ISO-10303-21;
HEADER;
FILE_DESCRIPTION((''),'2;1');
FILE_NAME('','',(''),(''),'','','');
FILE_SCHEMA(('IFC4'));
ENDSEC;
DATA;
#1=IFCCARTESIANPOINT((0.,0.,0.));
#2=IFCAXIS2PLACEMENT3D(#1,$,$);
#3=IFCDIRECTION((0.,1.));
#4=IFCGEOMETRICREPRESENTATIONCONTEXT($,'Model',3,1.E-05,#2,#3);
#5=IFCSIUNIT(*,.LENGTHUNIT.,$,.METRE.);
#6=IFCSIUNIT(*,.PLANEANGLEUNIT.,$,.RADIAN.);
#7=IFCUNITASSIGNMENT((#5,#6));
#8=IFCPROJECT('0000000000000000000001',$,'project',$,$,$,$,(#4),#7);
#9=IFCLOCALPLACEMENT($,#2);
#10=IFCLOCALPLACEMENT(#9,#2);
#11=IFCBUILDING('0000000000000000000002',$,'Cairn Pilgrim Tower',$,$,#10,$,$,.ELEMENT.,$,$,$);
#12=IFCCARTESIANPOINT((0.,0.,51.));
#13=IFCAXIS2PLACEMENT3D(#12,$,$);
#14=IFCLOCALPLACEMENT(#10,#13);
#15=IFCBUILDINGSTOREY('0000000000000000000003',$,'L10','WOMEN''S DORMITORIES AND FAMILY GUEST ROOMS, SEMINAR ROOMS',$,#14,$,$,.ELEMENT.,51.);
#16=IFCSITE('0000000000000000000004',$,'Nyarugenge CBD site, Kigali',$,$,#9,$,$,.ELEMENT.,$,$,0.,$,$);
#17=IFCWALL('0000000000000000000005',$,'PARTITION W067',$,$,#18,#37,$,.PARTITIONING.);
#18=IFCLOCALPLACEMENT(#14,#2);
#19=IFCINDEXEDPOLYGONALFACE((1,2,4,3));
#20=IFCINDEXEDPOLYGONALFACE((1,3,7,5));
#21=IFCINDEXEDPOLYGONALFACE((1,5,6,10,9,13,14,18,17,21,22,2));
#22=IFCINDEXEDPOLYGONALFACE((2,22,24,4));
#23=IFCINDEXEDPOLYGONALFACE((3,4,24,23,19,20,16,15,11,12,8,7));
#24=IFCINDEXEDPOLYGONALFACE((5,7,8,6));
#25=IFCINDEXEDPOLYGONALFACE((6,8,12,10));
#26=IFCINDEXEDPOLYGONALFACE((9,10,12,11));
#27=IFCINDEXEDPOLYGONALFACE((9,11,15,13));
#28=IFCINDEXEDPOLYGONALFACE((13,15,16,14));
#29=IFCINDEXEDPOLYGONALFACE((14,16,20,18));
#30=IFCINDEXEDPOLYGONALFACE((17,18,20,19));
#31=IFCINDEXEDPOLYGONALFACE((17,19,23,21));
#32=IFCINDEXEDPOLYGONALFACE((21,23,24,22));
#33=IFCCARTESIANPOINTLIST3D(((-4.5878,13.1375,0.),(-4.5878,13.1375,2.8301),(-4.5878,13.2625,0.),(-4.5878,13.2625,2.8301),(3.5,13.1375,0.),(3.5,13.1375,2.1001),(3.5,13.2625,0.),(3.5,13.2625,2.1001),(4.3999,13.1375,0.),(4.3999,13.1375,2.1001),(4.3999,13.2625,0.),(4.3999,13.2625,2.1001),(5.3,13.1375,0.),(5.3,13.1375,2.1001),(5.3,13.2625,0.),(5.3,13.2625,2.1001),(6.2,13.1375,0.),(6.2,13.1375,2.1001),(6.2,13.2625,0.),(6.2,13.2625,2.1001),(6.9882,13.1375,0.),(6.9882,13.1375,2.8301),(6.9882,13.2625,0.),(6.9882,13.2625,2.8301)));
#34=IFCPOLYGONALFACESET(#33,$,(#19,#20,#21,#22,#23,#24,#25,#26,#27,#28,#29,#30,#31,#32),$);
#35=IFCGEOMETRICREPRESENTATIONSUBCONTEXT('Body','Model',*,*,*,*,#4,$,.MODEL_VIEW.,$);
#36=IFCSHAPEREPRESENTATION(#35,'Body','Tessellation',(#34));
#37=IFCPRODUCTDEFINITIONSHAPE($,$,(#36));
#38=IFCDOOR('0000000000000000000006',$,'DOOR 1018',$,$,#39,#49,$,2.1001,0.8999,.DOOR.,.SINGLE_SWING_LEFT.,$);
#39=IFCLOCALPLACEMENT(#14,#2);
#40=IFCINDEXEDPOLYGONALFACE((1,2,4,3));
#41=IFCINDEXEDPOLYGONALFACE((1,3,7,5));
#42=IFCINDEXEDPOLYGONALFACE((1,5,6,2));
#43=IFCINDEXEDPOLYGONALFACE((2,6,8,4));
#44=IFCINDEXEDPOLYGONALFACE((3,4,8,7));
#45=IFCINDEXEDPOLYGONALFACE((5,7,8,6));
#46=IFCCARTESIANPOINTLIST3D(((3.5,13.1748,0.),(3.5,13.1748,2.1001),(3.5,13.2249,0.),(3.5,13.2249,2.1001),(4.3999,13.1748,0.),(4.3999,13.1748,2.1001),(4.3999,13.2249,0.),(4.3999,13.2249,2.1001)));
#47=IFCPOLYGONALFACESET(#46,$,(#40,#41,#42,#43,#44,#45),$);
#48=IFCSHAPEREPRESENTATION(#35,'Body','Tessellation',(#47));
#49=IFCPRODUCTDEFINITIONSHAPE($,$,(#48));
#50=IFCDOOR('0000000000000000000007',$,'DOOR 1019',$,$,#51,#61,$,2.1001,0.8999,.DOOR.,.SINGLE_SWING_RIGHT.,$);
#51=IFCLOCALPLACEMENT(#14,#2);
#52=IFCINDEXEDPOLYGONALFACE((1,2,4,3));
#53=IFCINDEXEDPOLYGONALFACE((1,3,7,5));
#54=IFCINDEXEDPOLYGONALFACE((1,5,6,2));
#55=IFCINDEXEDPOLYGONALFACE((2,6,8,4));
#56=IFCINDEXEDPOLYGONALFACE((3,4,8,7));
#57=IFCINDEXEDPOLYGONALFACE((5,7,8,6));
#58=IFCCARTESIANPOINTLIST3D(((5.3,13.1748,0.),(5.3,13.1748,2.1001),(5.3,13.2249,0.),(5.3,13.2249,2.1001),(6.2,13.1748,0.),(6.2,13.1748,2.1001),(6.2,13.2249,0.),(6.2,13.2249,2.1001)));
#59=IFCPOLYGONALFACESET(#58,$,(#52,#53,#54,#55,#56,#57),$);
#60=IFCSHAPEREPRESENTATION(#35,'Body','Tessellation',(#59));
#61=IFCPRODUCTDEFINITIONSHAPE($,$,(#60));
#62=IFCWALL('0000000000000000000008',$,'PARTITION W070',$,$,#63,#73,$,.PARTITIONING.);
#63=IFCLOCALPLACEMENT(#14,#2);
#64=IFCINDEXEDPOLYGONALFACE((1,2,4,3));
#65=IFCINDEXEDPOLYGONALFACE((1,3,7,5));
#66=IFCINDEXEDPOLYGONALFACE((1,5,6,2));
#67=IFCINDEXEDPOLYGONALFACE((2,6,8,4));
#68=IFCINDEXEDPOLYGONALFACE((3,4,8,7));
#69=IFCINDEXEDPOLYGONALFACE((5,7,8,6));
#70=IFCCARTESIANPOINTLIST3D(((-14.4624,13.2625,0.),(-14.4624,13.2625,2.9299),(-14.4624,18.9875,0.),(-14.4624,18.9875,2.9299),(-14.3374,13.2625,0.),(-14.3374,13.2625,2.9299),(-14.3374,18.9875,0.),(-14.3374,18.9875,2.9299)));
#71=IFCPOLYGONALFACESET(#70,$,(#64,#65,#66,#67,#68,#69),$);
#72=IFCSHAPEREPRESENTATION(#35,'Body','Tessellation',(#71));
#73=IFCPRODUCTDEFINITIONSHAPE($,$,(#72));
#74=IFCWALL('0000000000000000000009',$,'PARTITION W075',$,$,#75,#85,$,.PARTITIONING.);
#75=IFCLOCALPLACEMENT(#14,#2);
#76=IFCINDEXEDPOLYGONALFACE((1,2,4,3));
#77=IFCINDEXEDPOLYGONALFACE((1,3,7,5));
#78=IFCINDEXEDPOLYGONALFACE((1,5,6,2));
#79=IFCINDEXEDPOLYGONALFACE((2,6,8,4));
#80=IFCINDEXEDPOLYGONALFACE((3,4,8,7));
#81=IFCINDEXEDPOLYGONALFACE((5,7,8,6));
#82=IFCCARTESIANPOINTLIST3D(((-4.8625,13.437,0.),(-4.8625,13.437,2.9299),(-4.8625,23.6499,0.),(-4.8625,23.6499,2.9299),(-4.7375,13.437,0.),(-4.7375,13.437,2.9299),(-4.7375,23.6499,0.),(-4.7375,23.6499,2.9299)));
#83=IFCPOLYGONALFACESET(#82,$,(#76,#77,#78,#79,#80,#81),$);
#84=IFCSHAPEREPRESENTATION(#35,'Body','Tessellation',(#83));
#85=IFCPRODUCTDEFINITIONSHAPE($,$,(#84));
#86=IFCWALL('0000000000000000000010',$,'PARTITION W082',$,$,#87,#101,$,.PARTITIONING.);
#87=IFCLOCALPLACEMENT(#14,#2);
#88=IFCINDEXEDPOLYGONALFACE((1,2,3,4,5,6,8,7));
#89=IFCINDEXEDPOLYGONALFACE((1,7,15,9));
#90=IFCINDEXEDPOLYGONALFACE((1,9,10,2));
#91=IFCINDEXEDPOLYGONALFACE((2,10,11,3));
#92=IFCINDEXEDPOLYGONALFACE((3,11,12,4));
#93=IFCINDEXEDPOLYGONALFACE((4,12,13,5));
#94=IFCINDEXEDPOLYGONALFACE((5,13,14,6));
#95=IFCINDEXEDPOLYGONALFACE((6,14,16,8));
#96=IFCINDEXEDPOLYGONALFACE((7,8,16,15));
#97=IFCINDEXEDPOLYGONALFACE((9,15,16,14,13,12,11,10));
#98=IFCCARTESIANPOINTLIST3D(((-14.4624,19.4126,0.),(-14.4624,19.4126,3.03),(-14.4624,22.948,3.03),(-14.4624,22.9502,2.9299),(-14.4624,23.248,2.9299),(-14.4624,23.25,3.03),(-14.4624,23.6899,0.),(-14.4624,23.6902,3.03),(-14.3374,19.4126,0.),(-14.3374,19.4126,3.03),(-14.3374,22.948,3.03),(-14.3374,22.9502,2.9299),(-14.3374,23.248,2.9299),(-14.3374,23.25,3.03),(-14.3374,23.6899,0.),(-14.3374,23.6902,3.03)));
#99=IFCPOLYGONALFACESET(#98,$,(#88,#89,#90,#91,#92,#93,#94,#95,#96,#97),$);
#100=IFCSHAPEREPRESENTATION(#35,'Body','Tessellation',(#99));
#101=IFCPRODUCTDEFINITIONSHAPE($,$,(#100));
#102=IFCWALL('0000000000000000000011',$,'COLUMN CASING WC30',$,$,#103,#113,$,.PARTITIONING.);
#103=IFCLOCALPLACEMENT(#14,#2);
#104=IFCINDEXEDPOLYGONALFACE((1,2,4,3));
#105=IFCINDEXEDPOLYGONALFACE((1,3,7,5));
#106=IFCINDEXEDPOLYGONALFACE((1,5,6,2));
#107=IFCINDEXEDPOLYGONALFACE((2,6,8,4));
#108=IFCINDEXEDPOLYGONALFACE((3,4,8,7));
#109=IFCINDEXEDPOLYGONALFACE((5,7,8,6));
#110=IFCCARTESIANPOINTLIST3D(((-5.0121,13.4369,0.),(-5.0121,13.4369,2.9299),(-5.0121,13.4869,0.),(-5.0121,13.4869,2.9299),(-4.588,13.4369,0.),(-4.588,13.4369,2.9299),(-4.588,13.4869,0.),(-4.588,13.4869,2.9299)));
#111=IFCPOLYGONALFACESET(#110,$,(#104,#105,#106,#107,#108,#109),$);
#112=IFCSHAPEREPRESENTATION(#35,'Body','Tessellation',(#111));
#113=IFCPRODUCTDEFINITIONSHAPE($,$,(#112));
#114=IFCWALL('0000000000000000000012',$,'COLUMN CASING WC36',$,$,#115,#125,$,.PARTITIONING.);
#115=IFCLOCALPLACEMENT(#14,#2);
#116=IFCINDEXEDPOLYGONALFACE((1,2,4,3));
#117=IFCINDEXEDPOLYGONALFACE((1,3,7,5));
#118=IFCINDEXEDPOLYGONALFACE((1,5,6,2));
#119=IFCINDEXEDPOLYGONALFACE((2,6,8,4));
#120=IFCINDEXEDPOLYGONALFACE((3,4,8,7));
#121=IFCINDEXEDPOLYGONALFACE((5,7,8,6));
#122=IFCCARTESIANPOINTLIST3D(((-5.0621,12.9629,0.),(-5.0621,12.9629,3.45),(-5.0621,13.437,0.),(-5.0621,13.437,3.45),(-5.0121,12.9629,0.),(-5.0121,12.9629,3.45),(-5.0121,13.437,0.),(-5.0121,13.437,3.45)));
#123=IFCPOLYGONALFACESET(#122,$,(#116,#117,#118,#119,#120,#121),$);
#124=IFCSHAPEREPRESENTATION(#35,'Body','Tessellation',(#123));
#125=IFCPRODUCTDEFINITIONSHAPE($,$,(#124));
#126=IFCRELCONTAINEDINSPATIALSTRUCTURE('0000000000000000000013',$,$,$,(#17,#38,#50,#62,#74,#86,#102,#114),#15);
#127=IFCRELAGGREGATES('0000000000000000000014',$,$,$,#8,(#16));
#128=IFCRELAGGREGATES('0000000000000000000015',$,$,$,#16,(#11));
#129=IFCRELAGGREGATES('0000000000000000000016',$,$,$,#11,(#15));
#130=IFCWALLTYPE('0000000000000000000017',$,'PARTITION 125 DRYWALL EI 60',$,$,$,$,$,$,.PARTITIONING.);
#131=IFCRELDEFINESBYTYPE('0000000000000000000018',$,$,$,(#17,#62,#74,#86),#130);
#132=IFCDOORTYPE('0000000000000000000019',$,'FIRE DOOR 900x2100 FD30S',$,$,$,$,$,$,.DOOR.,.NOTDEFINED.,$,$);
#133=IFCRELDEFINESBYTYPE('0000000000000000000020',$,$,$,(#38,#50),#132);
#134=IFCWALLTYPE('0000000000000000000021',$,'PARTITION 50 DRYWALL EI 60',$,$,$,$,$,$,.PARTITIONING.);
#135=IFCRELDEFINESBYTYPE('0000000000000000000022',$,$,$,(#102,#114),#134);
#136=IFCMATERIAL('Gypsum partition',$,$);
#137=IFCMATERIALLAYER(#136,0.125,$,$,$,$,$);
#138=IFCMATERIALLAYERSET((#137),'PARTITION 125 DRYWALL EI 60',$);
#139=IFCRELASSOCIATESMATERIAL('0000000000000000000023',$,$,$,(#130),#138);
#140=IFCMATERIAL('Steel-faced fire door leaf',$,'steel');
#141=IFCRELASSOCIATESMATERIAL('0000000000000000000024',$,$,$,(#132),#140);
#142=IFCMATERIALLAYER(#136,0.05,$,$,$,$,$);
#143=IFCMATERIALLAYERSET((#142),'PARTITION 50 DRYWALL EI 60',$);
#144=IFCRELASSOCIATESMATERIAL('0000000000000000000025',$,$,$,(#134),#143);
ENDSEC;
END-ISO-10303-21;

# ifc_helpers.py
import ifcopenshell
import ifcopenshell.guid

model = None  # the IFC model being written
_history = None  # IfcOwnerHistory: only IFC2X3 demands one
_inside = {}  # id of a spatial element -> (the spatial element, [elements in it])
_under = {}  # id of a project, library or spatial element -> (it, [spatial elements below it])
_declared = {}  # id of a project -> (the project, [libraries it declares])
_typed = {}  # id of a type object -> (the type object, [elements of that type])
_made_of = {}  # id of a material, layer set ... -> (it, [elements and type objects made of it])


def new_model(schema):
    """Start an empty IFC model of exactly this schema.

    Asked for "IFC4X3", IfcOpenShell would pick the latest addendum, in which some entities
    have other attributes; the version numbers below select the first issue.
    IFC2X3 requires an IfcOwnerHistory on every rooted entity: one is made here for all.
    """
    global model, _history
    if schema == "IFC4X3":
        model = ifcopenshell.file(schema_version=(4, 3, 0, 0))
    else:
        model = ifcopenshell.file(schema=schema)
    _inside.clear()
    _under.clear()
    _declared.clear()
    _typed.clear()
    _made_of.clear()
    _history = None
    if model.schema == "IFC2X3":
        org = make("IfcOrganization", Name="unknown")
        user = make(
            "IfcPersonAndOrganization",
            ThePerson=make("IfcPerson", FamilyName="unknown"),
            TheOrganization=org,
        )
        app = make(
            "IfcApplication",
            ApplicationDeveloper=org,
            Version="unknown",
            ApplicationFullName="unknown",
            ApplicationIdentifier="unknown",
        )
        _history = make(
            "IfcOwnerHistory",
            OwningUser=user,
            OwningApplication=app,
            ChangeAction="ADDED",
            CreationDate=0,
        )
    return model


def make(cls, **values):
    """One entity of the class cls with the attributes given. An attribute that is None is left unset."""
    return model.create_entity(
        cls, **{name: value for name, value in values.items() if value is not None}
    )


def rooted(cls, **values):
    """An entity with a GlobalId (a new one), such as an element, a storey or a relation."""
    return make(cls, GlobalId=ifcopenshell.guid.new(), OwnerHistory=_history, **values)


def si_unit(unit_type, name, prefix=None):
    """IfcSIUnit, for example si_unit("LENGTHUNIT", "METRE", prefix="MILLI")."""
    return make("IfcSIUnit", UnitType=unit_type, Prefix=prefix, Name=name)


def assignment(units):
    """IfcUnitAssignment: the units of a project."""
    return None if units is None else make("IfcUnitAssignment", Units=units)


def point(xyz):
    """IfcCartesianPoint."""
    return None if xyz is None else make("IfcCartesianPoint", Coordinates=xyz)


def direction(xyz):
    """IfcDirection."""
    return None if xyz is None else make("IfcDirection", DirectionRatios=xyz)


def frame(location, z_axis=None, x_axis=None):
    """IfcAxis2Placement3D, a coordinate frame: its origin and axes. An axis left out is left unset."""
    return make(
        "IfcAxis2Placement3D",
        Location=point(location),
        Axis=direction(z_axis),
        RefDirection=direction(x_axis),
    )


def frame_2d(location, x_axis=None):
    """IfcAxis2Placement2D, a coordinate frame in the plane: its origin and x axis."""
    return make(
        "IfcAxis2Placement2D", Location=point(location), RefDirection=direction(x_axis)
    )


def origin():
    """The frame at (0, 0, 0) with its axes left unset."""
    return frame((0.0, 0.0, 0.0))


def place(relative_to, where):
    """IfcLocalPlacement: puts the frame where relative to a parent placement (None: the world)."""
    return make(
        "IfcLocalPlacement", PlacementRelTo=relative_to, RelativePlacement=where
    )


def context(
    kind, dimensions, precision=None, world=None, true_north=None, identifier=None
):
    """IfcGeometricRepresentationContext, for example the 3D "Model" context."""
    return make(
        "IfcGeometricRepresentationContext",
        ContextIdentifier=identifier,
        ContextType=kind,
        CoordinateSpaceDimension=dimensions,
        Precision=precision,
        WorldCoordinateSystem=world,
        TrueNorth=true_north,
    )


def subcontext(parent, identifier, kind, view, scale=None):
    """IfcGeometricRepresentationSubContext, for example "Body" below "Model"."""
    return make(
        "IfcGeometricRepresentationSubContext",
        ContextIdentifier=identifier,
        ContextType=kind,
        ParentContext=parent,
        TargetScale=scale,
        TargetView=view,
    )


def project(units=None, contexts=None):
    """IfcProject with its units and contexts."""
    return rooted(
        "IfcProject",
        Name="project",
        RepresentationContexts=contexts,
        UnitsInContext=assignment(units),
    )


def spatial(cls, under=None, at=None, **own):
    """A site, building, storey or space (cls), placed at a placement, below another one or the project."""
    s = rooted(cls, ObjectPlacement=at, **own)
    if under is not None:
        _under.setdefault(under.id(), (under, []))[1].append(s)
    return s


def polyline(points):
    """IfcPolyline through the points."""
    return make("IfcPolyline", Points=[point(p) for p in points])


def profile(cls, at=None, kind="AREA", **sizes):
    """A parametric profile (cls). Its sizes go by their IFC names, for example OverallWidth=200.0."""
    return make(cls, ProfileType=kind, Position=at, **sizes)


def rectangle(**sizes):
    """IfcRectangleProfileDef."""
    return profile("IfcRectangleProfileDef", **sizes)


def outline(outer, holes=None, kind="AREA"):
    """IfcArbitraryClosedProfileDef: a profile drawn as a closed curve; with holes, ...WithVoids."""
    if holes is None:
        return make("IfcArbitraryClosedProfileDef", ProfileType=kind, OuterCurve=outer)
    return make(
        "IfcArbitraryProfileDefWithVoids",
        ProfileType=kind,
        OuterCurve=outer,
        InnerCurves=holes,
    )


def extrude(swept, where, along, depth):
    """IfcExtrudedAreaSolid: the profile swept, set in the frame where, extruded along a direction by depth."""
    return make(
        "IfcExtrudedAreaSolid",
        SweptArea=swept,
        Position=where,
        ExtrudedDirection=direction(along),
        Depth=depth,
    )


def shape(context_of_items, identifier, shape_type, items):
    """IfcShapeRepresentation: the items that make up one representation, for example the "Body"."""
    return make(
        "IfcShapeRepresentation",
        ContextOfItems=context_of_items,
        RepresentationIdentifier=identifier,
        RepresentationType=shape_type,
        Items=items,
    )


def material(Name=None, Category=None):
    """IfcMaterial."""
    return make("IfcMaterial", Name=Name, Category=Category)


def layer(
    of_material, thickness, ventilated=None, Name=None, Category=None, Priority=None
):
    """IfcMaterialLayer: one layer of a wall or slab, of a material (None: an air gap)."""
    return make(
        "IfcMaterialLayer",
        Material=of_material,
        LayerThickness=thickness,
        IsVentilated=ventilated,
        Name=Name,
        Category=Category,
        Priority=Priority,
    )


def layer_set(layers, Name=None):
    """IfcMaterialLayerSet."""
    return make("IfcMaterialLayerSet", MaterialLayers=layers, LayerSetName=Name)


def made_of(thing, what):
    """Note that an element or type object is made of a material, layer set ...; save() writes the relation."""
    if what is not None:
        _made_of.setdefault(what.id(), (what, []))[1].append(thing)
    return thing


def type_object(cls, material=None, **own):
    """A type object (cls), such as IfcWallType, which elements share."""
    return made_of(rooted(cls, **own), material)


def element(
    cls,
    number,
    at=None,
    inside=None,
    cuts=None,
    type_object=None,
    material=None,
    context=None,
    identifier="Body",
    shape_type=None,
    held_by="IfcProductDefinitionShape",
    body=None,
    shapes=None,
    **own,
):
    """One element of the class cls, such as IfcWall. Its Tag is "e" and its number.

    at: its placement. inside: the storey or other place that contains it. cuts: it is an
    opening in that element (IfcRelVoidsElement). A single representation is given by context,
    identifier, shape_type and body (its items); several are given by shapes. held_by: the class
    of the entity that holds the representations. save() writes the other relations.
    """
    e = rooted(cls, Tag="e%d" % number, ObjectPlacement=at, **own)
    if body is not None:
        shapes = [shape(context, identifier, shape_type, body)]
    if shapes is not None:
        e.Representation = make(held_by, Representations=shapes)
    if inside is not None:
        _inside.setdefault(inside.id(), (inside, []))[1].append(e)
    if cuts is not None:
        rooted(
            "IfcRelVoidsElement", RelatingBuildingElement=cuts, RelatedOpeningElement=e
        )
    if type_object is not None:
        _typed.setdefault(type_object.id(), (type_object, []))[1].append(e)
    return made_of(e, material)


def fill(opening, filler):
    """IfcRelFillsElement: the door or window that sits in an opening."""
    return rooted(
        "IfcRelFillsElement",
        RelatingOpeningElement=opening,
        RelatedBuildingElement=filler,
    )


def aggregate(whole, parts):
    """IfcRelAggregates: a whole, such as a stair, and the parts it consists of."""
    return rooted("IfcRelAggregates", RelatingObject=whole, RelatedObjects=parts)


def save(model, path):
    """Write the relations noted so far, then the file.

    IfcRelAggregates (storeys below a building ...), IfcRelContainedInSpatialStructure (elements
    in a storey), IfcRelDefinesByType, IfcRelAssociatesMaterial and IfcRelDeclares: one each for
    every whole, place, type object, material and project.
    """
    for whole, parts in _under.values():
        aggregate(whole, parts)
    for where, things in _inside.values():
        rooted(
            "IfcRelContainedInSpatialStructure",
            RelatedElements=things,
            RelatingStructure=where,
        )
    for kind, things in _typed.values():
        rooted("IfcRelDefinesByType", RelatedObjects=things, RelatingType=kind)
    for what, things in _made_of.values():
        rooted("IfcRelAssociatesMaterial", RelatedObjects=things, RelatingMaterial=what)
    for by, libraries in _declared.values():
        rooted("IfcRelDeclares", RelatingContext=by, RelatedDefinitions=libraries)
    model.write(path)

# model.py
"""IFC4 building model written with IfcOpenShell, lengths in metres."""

from ifc_helpers import new_model, si_unit, direction, frame, frame_2d, origin, place, context, subcontext, project, spatial, polyline, rectangle, outline, extrude, material, layer, layer_set, type_object, element, fill, save


model = new_model("IFC4")

# Units and contexts
model_context = context("Model", 3, precision=1e-05, world=origin(), true_north=direction((0.0, 1.0)))
body_context = subcontext(model_context, "Body", "Model", "MODEL_VIEW")
ifc_project = project(units=[si_unit("LENGTHUNIT", "METRE"), si_unit("PLANEANGLEUNIT", "RADIAN")], contexts=[model_context])

# Site, building, storey
site_placement = place(None, origin())
site = spatial("IfcSite", under=ifc_project, at=site_placement, Name="Nyarugenge CBD site, Kigali", CompositionType="ELEMENT", RefElevation=0.0)
building_placement = place(site_placement, origin())
building = spatial("IfcBuilding", under=site, at=building_placement, Name="Cairn Pilgrim Tower", CompositionType="ELEMENT")
storey_placement = place(building_placement, frame((0.0, 0.0, 51.0)))
storey = spatial("IfcBuildingStorey", under=building, at=storey_placement, Name="L10", Description="WOMEN'S DORMITORIES AND FAMILY GUEST ROOMS, SEMINAR ROOMS", CompositionType="ELEMENT", Elevation=51.0)

# Wall, openings, doors
ifc_material_1 = material(Name="Gypsum partition")
ifc_layer_1 = layer(ifc_material_1, 0.125)
ifc_layer_set_1 = layer_set([ifc_layer_1], Name="PARTITION 125 DRYWALL EI 60")
wall_type_1 = type_object("IfcWallType", Name="PARTITION 125 DRYWALL EI 60", PredefinedType="PARTITIONING", material=ifc_layer_set_1)
wall_1_placement = place(storey_placement, frame((-4.5879, 13.2, 0.0), z_axis=(0.0, 0.0, 1.0), x_axis=(1.0, 0.0, 0.0)))
wall_1 = element("IfcWall", 1, at=wall_1_placement, inside=storey, type_object=wall_type_1, Name="PARTITION W067", PredefinedType="PARTITIONING", context=body_context, shape_type="SweptSolid", body=[
    extrude(rectangle(XDim=11.5759, YDim=0.125, at=frame_2d((5.7881, 0.0))), origin(), (0.0, 0.0, 1.0), 2.8301),
])
opening_1_placement = place(wall_1_placement, frame((8.0879, 0.0, 0.0)))
opening_1 = element("IfcOpeningElement", 2, at=opening_1_placement, cuts=wall_1, PredefinedType="OPENING", context=body_context, shape_type="SweptSolid", body=[
    extrude(rectangle(XDim=0.8999, YDim=2.1001, at=frame_2d((0.45, 1.05))), frame((0.0, 0.0725, 0.0), z_axis=(0.0, -1.0, 0.0), x_axis=(1.0, 0.0, 0.0)), (0.0, 0.0, 1.0), 0.145),
])
opening_2_placement = place(wall_1_placement, frame((9.8879, 0.0, 0.0)))
opening_2 = element("IfcOpeningElement", 3, at=opening_2_placement, cuts=wall_1, PredefinedType="OPENING", context=body_context, shape_type="SweptSolid", body=[
    extrude(rectangle(XDim=0.8999, YDim=2.1001, at=frame_2d((0.45, 1.05))), frame((0.0, 0.0725, 0.0), z_axis=(0.0, -1.0, 0.0), x_axis=(1.0, 0.0, 0.0)), (0.0, 0.0, 1.0), 0.145),
])
ifc_material_2 = material(Name="Steel-faced fire door leaf", Category="steel")
door_type_1 = type_object("IfcDoorType", Name="FIRE DOOR 900x2100 FD30S", OperationType="NOTDEFINED", PredefinedType="DOOR", material=ifc_material_2)
door_1_placement = place(opening_1_placement, origin())
door_1 = element("IfcDoor", 4, at=door_1_placement, inside=storey, type_object=door_type_1, Name="DOOR 1018", OperationType="SINGLE_SWING_LEFT", OverallHeight=2.1001, OverallWidth=0.8999, PredefinedType="DOOR", context=body_context, shape_type="SweptSolid", body=[
    extrude(rectangle(XDim=0.8999, YDim=2.1001, at=frame_2d((0.45, 1.05))), frame((0.0, 0.0249, 0.0), z_axis=(0.0, -1.0, 0.0), x_axis=(1.0, 0.0, 0.0)), (0.0, 0.0, 1.0), 0.05),
])
fill(opening_1, door_1)
door_2_placement = place(opening_2_placement, origin())
door_2 = element("IfcDoor", 5, at=door_2_placement, inside=storey, type_object=door_type_1, Name="DOOR 1019", OperationType="SINGLE_SWING_RIGHT", OverallHeight=2.1001, OverallWidth=0.8999, PredefinedType="DOOR", context=body_context, shape_type="SweptSolid", body=[
    extrude(rectangle(XDim=0.8999, YDim=2.1001, at=frame_2d((0.45, 1.05))), frame((0.0, 0.0249, 0.0), z_axis=(0.0, -1.0, 0.0), x_axis=(1.0, 0.0, 0.0)), (0.0, 0.0, 1.0), 0.05),
])
fill(opening_2, door_2)

# Walls
wall_2_placement = place(storey_placement, frame((-14.3999, 13.2625, 0.0), z_axis=(0.0, 0.0, 1.0), x_axis=(0.0, 1.0, 0.0)))
element("IfcWall", 6, at=wall_2_placement, inside=storey, type_object=wall_type_1, Name="PARTITION W070", PredefinedType="PARTITIONING", context=body_context, shape_type="SweptSolid", body=[
    extrude(rectangle(XDim=5.7251, YDim=0.125, at=frame_2d((2.8625, 0.0))), origin(), (0.0, 0.0, 1.0), 2.9299),
])
wall_3_placement = place(storey_placement, frame((-4.8, 13.437, 0.0), z_axis=(0.0, 0.0, 1.0), x_axis=(0.0, 1.0, 0.0)))
element("IfcWall", 7, at=wall_3_placement, inside=storey, type_object=wall_type_1, Name="PARTITION W075", PredefinedType="PARTITIONING", context=body_context, shape_type="SweptSolid", body=[
    extrude(rectangle(XDim=10.2129, YDim=0.125, at=frame_2d((5.1064, 0.0))), origin(), (0.0, 0.0, 1.0), 2.9299),
])
wall_4_placement = place(storey_placement, frame((-14.3999, 19.4126, 0.0), z_axis=(0.0, 0.0, 1.0), x_axis=(0.0, 1.0, 0.0)))
element("IfcWall", 8, at=wall_4_placement, inside=storey, type_object=wall_type_1, Name="PARTITION W082", PredefinedType="PARTITIONING", context=body_context, shape_type="SweptSolid", body=[
    extrude(outline(polyline([(0.0, 0.0), (4.2773, 0.0), (4.2776, 3.03), (3.8374, 3.03), (3.8354, 2.9299), (3.5376, 2.9299), (3.5354, 3.03), (0.0, 3.03), (0.0, 0.0)])), frame((0.0, 0.0625, 0.0), z_axis=(0.0, -1.0, 0.0), x_axis=(1.0, 0.0, 0.0)), (0.0, 0.0, 1.0), 0.125),
])
ifc_layer_2 = layer(ifc_material_1, 0.05)
ifc_layer_set_2 = layer_set([ifc_layer_2], Name="PARTITION 50 DRYWALL EI 60")
wall_type_2 = type_object("IfcWallType", Name="PARTITION 50 DRYWALL EI 60", PredefinedType="PARTITIONING", material=ifc_layer_set_2)
wall_5_placement = place(storey_placement, frame((-5.012, 13.4619, 0.0), z_axis=(0.0, 0.0, 1.0), x_axis=(1.0, 0.0, 0.0)))
element("IfcWall", 9, at=wall_5_placement, inside=storey, type_object=wall_type_2, Name="COLUMN CASING WC30", PredefinedType="PARTITIONING", context=body_context, shape_type="SweptSolid", body=[
    extrude(rectangle(XDim=0.4241, YDim=0.05, at=frame_2d((0.2119, 0.0))), origin(), (0.0, 0.0, 1.0), 2.9299),
])
wall_6_placement = place(storey_placement, frame((-5.0371, 12.9629, 0.0), z_axis=(0.0, 0.0, 1.0), x_axis=(0.0, 1.0, 0.0)))
element("IfcWall", 10, at=wall_6_placement, inside=storey, type_object=wall_type_2, Name="COLUMN CASING WC36", PredefinedType="PARTITIONING", context=body_context, shape_type="SweptSolid", body=[
    extrude(rectangle(XDim=0.4741, YDim=0.05, at=frame_2d((0.2371, 0.0))), origin(), (0.0, 0.0, 1.0), 3.45),
])

save(model, "model.ifc")
